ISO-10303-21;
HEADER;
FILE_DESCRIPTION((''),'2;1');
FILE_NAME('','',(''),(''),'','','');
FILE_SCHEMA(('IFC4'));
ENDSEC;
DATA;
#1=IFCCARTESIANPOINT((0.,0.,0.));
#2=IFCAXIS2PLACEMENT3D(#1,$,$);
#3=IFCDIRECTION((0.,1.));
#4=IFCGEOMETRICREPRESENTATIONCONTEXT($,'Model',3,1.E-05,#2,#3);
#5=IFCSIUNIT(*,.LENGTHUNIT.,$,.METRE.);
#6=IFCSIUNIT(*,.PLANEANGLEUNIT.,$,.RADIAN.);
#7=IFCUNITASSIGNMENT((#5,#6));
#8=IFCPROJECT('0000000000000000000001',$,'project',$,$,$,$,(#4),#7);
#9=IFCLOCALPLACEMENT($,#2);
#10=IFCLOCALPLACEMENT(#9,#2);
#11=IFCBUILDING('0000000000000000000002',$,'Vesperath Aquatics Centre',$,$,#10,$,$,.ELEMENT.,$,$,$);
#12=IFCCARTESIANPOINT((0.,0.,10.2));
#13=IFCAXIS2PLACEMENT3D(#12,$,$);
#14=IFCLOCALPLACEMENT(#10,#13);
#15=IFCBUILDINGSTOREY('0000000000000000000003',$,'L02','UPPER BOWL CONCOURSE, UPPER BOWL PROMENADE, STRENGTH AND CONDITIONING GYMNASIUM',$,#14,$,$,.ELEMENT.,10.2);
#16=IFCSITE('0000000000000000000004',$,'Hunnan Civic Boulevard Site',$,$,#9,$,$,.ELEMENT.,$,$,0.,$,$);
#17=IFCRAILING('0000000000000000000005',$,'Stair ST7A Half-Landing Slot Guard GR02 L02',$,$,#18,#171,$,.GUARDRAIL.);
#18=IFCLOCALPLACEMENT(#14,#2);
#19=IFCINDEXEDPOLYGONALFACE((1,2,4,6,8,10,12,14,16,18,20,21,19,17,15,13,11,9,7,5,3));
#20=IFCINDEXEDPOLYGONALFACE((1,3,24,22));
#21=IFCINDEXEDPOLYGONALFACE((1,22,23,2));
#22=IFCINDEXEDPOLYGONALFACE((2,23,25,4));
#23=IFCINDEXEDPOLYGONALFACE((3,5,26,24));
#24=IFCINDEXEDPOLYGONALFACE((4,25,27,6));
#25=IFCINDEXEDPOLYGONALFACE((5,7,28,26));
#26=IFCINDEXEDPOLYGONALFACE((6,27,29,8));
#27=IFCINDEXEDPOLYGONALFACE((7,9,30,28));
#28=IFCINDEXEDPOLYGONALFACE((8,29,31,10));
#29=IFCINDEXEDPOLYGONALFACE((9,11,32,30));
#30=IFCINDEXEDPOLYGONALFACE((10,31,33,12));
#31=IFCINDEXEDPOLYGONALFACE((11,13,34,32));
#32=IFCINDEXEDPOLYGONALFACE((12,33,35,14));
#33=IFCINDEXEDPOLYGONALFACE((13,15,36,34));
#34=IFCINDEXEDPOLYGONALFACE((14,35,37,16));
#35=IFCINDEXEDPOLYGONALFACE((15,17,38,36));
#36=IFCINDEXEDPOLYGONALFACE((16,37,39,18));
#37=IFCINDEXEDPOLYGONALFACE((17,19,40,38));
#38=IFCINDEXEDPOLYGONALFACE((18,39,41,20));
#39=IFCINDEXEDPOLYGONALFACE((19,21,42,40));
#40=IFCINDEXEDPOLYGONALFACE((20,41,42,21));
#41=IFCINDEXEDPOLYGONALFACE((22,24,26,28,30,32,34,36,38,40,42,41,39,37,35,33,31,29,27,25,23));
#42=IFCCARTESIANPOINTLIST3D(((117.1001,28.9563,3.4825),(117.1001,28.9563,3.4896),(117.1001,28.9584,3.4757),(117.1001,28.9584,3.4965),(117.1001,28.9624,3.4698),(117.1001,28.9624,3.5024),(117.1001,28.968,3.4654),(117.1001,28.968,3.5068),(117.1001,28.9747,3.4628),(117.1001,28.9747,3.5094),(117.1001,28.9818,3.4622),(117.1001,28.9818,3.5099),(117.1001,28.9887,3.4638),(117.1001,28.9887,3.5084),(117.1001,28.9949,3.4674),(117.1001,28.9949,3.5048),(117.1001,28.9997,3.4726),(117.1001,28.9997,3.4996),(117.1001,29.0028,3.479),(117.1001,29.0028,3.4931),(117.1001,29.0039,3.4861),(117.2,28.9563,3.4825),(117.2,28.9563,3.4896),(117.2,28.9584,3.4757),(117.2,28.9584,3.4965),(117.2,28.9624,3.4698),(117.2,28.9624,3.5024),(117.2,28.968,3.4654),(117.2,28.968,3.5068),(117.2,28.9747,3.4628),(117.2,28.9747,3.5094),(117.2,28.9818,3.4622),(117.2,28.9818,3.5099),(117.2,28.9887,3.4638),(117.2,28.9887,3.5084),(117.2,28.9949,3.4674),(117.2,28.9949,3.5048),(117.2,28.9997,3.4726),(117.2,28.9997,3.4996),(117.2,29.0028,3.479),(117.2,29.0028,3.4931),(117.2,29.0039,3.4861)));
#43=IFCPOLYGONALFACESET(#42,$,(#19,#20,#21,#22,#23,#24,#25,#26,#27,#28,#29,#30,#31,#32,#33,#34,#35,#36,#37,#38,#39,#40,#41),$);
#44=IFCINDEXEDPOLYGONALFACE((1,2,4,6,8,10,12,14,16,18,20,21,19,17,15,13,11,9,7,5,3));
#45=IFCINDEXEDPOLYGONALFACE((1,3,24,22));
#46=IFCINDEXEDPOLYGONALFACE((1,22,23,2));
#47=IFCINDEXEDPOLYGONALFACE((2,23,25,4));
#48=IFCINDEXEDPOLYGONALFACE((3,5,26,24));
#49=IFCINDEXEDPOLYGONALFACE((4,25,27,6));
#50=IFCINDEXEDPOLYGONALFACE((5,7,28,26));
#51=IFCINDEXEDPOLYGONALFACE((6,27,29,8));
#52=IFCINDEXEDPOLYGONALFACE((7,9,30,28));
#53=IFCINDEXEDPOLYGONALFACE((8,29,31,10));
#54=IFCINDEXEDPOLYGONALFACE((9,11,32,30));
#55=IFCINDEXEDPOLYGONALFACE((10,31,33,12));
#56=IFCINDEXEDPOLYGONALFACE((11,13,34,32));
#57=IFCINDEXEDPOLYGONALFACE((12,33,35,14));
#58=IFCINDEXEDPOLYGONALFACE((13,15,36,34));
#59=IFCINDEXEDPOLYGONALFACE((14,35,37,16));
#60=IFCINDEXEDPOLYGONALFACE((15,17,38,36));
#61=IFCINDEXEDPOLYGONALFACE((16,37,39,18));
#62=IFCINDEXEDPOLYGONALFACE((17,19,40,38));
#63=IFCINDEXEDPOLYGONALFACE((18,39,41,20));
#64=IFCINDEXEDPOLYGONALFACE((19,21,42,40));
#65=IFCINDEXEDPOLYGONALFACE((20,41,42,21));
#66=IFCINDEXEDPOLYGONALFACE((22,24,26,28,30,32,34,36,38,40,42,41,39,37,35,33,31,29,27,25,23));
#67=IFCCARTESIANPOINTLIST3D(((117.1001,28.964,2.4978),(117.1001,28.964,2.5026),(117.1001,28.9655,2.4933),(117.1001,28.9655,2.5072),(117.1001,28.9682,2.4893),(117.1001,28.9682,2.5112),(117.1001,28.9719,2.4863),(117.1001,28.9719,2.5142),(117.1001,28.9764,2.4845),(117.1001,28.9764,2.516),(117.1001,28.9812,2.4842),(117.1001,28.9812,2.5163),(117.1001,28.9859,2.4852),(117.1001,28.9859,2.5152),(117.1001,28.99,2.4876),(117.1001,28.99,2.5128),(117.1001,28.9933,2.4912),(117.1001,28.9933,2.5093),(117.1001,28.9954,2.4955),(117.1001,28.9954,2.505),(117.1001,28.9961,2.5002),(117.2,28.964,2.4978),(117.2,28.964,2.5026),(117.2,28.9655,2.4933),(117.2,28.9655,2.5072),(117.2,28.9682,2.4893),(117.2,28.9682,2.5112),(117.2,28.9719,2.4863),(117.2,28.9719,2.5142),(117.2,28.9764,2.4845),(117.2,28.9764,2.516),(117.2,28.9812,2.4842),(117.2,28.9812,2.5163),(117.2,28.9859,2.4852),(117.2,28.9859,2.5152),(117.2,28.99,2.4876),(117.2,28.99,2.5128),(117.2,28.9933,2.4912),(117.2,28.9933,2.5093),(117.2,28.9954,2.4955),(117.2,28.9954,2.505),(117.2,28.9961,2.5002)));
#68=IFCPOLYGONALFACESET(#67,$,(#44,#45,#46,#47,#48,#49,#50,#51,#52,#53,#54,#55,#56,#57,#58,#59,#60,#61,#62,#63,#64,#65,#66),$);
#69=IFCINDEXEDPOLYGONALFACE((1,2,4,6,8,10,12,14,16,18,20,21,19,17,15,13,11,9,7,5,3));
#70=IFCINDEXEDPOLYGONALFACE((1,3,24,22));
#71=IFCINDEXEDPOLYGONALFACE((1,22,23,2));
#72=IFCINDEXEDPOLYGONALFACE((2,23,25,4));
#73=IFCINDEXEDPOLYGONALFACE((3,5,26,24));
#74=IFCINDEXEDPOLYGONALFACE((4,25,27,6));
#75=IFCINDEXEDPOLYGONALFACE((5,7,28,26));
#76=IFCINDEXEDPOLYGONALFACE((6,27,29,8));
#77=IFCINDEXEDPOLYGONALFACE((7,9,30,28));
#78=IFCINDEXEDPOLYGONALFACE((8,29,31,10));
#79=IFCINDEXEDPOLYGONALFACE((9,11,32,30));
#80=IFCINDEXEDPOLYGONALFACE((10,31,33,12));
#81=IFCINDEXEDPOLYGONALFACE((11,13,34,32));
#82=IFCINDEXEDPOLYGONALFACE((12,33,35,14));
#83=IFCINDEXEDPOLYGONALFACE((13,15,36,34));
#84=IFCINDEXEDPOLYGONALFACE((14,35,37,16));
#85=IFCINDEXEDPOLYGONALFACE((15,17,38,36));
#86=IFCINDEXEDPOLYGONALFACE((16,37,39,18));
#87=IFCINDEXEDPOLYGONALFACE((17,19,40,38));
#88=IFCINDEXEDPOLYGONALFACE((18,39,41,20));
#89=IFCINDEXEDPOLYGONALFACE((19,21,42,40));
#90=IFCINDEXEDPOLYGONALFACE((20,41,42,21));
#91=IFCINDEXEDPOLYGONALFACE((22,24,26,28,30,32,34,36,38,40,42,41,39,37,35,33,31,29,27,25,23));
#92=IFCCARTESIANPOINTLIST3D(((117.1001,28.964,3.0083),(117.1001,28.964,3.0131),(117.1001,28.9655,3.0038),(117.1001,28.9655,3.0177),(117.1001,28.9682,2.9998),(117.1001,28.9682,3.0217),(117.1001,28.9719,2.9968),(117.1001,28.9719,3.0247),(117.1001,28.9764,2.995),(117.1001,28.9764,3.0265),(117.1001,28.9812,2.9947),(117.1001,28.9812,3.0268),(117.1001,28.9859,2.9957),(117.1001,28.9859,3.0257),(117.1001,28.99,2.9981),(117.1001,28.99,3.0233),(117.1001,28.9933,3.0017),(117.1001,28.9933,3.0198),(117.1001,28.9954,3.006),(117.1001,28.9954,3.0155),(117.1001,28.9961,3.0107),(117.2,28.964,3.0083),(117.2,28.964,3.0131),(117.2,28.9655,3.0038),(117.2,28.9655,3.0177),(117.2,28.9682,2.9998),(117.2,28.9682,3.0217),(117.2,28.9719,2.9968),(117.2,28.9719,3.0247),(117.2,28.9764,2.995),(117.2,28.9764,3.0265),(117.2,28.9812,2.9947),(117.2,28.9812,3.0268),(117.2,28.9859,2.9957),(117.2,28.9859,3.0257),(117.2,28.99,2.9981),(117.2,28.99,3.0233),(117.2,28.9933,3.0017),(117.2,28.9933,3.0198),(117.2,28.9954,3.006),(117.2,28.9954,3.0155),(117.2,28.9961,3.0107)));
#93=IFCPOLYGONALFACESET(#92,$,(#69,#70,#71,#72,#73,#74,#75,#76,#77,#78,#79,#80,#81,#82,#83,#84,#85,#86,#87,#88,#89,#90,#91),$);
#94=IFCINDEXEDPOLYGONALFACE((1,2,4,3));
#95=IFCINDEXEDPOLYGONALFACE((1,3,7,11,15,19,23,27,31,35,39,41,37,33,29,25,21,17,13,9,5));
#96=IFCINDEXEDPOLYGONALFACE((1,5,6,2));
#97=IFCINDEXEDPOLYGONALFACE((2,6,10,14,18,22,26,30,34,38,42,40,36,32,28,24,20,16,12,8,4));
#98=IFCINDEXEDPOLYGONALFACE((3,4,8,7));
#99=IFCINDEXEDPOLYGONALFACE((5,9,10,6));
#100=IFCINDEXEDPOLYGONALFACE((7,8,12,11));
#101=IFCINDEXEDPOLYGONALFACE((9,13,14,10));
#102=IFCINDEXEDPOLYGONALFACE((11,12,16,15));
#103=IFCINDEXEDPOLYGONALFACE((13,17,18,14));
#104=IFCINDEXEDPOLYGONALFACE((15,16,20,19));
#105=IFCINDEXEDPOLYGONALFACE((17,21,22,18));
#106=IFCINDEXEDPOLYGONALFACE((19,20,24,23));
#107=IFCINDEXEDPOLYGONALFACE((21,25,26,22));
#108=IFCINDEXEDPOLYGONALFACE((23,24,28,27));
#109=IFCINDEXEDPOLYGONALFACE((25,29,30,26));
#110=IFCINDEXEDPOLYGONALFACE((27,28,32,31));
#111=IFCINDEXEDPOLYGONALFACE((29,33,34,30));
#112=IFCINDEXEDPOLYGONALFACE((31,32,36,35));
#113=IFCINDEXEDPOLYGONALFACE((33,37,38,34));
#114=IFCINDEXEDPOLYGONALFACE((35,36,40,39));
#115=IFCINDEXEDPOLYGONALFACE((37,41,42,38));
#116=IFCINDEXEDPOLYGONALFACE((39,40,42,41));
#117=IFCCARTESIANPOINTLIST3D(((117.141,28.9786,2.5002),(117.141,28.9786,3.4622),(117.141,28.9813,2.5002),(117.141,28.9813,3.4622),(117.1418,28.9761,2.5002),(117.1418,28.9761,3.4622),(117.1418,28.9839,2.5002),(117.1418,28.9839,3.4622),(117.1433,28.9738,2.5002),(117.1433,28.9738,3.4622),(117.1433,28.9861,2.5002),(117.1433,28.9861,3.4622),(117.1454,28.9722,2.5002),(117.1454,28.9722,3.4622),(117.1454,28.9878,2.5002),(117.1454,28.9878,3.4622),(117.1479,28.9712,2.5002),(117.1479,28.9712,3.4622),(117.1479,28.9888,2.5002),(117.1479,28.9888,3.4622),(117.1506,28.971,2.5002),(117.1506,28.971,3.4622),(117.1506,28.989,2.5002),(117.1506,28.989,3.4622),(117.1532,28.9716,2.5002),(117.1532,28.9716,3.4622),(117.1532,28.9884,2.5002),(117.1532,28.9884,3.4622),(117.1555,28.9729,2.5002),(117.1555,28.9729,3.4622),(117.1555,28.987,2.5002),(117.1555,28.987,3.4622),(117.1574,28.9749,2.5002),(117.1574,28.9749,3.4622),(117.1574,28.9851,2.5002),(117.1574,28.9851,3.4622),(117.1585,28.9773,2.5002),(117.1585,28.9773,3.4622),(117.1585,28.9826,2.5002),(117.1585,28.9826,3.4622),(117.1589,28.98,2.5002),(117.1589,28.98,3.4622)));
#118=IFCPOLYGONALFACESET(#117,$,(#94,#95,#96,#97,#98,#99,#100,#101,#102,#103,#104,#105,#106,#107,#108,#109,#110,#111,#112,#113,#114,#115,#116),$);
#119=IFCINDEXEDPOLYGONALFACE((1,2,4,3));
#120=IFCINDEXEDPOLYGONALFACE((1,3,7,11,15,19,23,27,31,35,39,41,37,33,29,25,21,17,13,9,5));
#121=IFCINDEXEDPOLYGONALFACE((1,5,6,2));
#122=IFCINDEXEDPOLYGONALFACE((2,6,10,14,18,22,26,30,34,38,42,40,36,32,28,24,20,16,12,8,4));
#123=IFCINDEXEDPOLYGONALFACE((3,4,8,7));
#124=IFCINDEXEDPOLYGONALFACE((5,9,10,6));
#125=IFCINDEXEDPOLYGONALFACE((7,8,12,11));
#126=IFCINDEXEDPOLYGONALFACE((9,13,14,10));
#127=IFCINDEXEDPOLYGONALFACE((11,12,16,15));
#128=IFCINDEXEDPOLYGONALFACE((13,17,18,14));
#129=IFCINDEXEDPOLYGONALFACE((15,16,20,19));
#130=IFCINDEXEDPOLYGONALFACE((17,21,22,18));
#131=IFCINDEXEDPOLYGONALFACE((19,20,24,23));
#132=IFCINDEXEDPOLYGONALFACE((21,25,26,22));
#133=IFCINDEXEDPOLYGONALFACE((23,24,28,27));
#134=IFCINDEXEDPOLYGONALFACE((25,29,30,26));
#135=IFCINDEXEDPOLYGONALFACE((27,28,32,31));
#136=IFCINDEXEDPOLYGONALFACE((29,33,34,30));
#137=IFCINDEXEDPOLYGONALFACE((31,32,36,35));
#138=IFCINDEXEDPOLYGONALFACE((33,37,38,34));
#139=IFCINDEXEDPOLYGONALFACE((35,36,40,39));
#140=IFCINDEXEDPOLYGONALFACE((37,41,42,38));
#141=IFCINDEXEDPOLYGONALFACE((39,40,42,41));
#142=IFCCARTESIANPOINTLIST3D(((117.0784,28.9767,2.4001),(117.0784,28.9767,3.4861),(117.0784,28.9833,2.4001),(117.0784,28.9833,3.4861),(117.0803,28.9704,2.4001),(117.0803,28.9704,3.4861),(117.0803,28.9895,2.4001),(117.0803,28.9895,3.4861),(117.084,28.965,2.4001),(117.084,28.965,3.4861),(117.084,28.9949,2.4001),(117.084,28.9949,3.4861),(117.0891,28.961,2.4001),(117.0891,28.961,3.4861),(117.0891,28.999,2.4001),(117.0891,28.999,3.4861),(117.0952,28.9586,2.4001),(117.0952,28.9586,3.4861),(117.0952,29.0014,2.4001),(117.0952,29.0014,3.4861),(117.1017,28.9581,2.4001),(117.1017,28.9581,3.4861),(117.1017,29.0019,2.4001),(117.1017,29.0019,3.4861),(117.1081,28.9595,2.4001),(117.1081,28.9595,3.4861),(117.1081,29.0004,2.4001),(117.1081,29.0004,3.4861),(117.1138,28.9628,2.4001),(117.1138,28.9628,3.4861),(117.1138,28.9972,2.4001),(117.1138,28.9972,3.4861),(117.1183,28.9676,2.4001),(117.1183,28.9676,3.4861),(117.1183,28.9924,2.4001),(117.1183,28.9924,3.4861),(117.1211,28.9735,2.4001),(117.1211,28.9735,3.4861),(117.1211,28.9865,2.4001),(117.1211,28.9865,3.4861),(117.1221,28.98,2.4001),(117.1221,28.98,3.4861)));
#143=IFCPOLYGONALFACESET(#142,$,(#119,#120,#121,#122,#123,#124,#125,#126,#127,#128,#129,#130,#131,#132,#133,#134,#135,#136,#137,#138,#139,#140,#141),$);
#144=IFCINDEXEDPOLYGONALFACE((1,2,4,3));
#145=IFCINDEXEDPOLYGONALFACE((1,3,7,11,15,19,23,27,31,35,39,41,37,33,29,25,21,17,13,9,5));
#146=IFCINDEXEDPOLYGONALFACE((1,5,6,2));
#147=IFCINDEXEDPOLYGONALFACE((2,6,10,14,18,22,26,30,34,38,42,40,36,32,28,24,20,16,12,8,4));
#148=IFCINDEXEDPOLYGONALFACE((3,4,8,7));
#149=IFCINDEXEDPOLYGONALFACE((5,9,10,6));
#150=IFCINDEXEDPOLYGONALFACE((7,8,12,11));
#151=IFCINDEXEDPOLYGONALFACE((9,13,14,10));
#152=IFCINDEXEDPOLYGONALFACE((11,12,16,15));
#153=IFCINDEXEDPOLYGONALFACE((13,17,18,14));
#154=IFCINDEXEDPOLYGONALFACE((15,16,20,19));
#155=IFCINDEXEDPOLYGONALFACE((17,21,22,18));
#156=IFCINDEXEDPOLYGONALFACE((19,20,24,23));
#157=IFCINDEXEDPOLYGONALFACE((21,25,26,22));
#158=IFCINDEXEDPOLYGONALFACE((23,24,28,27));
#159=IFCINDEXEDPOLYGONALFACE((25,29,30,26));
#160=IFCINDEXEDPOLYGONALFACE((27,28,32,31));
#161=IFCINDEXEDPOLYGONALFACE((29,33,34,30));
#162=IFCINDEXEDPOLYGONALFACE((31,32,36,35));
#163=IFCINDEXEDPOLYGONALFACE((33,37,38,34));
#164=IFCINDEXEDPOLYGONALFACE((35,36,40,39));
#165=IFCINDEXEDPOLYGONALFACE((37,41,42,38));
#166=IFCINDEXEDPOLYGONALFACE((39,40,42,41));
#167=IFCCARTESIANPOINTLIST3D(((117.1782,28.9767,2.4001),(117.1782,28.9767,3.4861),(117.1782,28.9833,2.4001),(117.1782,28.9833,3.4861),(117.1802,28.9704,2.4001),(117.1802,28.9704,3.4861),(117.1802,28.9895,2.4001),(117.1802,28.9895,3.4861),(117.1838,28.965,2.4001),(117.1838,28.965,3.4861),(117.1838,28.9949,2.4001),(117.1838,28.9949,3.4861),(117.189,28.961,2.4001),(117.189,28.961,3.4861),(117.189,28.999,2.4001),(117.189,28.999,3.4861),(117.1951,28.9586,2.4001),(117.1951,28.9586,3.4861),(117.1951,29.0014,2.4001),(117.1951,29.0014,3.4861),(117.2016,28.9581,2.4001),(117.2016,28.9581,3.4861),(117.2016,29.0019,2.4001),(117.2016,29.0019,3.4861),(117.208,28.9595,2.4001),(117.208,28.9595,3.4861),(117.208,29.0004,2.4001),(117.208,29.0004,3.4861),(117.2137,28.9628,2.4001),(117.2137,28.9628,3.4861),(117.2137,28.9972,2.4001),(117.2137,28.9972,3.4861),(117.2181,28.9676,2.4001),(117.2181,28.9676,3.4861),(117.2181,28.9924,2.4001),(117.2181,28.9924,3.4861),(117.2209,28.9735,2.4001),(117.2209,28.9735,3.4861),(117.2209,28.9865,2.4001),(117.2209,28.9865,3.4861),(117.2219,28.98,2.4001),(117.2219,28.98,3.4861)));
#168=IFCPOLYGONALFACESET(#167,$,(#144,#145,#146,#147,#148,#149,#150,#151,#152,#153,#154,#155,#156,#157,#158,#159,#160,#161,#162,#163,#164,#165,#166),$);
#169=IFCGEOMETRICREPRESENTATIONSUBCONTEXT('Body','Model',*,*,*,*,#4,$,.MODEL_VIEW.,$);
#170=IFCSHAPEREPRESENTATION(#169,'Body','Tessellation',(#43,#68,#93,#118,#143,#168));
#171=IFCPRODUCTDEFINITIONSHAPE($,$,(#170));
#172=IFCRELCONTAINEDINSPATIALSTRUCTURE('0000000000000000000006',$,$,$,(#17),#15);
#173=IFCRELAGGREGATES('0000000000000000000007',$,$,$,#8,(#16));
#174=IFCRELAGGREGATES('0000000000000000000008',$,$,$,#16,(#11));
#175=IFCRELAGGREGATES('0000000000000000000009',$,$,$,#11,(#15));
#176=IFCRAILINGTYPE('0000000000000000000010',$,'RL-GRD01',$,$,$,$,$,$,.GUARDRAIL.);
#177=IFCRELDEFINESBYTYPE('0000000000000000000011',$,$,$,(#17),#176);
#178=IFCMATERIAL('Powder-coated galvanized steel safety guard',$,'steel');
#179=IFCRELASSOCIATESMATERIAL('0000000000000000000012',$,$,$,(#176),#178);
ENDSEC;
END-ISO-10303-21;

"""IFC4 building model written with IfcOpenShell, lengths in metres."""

from ifc_helpers import new_model, si_unit, direction, frame, origin, origin_2d, place, context, subcontext, project, spatial, circle, extrude, material, type_object, element, save


model = new_model("IFC4")

# Units and contexts
model_context = context("Model", 3, precision=1e-05, world=origin(), true_north=direction((0.0, 1.0)))
body_context = subcontext(model_context, "Body", "Model", "MODEL_VIEW")
ifc_project = project(units=[si_unit("LENGTHUNIT", "METRE"), si_unit("PLANEANGLEUNIT", "RADIAN")], contexts=[model_context])

# Site, building, storey
site_placement = place(None, origin())
site = spatial("IfcSite", under=ifc_project, at=site_placement, Name="Hunnan Civic Boulevard Site", CompositionType="ELEMENT", RefElevation=0.0)
building_placement = place(site_placement, origin())
building = spatial("IfcBuilding", under=site, at=building_placement, Name="Vesperath Aquatics Centre", CompositionType="ELEMENT")
storey_placement = place(building_placement, frame((0.0, 0.0, 10.2)))
storey = spatial("IfcBuildingStorey", under=building, at=storey_placement, Name="L02", Description="UPPER BOWL CONCOURSE, UPPER BOWL PROMENADE, STRENGTH AND CONDITIONING GYMNASIUM", CompositionType="ELEMENT", Elevation=10.2)

# Railing
ifc_material_1 = material(Name="Powder-coated galvanized steel safety guard", Category="steel")
railing_type_1 = type_object("IfcRailingType", Name="RL-GRD01", PredefinedType="GUARDRAIL", material=ifc_material_1)
railing_1_placement = place(storey_placement, frame((117.1001, 28.98, 2.4001)))
element("IfcRailing", 1, at=railing_1_placement, inside=storey, type_object=railing_type_1, Name="Stair ST7A Half-Landing Slot Guard GR02 L02", PredefinedType="GUARDRAIL", context=body_context, shape_type="SweptSolid", body=[
    extrude(circle(Radius=0.0239, at=origin_2d()), frame((0.0, 0.0, 1.0859), z_axis=(1.0, 0.0, 0.0), x_axis=(0.0, 1.0, 0.0)), (0.0, 0.0, 1.0), 0.0999),
    extrude(circle(Radius=0.0161, at=origin_2d()), frame((0.0, 0.0, 0.1001), z_axis=(1.0, 0.0, 0.0), x_axis=(0.0, 1.0, 0.0)), (0.0, 0.0, 1.0), 0.0999),
    extrude(circle(Radius=0.0161, at=origin_2d()), frame((0.0, 0.0, 0.6106), z_axis=(1.0, 0.0, 0.0), x_axis=(0.0, 1.0, 0.0)), (0.0, 0.0, 1.0), 0.0999),
    extrude(circle(Radius=0.009, at=origin_2d()), frame((0.0498, 0.0, 0.1001)), (0.0, 0.0, 1.0), 0.9619),
    extrude(circle(Radius=0.022, at=origin_2d()), origin(), (0.0, 0.0, 1.0), 1.0859),
    extrude(circle(Radius=0.022, at=origin_2d()), frame((0.0999, 0.0, 0.0)), (0.0, 0.0, 1.0), 1.0859),
])

save(model, "model.ifc")
